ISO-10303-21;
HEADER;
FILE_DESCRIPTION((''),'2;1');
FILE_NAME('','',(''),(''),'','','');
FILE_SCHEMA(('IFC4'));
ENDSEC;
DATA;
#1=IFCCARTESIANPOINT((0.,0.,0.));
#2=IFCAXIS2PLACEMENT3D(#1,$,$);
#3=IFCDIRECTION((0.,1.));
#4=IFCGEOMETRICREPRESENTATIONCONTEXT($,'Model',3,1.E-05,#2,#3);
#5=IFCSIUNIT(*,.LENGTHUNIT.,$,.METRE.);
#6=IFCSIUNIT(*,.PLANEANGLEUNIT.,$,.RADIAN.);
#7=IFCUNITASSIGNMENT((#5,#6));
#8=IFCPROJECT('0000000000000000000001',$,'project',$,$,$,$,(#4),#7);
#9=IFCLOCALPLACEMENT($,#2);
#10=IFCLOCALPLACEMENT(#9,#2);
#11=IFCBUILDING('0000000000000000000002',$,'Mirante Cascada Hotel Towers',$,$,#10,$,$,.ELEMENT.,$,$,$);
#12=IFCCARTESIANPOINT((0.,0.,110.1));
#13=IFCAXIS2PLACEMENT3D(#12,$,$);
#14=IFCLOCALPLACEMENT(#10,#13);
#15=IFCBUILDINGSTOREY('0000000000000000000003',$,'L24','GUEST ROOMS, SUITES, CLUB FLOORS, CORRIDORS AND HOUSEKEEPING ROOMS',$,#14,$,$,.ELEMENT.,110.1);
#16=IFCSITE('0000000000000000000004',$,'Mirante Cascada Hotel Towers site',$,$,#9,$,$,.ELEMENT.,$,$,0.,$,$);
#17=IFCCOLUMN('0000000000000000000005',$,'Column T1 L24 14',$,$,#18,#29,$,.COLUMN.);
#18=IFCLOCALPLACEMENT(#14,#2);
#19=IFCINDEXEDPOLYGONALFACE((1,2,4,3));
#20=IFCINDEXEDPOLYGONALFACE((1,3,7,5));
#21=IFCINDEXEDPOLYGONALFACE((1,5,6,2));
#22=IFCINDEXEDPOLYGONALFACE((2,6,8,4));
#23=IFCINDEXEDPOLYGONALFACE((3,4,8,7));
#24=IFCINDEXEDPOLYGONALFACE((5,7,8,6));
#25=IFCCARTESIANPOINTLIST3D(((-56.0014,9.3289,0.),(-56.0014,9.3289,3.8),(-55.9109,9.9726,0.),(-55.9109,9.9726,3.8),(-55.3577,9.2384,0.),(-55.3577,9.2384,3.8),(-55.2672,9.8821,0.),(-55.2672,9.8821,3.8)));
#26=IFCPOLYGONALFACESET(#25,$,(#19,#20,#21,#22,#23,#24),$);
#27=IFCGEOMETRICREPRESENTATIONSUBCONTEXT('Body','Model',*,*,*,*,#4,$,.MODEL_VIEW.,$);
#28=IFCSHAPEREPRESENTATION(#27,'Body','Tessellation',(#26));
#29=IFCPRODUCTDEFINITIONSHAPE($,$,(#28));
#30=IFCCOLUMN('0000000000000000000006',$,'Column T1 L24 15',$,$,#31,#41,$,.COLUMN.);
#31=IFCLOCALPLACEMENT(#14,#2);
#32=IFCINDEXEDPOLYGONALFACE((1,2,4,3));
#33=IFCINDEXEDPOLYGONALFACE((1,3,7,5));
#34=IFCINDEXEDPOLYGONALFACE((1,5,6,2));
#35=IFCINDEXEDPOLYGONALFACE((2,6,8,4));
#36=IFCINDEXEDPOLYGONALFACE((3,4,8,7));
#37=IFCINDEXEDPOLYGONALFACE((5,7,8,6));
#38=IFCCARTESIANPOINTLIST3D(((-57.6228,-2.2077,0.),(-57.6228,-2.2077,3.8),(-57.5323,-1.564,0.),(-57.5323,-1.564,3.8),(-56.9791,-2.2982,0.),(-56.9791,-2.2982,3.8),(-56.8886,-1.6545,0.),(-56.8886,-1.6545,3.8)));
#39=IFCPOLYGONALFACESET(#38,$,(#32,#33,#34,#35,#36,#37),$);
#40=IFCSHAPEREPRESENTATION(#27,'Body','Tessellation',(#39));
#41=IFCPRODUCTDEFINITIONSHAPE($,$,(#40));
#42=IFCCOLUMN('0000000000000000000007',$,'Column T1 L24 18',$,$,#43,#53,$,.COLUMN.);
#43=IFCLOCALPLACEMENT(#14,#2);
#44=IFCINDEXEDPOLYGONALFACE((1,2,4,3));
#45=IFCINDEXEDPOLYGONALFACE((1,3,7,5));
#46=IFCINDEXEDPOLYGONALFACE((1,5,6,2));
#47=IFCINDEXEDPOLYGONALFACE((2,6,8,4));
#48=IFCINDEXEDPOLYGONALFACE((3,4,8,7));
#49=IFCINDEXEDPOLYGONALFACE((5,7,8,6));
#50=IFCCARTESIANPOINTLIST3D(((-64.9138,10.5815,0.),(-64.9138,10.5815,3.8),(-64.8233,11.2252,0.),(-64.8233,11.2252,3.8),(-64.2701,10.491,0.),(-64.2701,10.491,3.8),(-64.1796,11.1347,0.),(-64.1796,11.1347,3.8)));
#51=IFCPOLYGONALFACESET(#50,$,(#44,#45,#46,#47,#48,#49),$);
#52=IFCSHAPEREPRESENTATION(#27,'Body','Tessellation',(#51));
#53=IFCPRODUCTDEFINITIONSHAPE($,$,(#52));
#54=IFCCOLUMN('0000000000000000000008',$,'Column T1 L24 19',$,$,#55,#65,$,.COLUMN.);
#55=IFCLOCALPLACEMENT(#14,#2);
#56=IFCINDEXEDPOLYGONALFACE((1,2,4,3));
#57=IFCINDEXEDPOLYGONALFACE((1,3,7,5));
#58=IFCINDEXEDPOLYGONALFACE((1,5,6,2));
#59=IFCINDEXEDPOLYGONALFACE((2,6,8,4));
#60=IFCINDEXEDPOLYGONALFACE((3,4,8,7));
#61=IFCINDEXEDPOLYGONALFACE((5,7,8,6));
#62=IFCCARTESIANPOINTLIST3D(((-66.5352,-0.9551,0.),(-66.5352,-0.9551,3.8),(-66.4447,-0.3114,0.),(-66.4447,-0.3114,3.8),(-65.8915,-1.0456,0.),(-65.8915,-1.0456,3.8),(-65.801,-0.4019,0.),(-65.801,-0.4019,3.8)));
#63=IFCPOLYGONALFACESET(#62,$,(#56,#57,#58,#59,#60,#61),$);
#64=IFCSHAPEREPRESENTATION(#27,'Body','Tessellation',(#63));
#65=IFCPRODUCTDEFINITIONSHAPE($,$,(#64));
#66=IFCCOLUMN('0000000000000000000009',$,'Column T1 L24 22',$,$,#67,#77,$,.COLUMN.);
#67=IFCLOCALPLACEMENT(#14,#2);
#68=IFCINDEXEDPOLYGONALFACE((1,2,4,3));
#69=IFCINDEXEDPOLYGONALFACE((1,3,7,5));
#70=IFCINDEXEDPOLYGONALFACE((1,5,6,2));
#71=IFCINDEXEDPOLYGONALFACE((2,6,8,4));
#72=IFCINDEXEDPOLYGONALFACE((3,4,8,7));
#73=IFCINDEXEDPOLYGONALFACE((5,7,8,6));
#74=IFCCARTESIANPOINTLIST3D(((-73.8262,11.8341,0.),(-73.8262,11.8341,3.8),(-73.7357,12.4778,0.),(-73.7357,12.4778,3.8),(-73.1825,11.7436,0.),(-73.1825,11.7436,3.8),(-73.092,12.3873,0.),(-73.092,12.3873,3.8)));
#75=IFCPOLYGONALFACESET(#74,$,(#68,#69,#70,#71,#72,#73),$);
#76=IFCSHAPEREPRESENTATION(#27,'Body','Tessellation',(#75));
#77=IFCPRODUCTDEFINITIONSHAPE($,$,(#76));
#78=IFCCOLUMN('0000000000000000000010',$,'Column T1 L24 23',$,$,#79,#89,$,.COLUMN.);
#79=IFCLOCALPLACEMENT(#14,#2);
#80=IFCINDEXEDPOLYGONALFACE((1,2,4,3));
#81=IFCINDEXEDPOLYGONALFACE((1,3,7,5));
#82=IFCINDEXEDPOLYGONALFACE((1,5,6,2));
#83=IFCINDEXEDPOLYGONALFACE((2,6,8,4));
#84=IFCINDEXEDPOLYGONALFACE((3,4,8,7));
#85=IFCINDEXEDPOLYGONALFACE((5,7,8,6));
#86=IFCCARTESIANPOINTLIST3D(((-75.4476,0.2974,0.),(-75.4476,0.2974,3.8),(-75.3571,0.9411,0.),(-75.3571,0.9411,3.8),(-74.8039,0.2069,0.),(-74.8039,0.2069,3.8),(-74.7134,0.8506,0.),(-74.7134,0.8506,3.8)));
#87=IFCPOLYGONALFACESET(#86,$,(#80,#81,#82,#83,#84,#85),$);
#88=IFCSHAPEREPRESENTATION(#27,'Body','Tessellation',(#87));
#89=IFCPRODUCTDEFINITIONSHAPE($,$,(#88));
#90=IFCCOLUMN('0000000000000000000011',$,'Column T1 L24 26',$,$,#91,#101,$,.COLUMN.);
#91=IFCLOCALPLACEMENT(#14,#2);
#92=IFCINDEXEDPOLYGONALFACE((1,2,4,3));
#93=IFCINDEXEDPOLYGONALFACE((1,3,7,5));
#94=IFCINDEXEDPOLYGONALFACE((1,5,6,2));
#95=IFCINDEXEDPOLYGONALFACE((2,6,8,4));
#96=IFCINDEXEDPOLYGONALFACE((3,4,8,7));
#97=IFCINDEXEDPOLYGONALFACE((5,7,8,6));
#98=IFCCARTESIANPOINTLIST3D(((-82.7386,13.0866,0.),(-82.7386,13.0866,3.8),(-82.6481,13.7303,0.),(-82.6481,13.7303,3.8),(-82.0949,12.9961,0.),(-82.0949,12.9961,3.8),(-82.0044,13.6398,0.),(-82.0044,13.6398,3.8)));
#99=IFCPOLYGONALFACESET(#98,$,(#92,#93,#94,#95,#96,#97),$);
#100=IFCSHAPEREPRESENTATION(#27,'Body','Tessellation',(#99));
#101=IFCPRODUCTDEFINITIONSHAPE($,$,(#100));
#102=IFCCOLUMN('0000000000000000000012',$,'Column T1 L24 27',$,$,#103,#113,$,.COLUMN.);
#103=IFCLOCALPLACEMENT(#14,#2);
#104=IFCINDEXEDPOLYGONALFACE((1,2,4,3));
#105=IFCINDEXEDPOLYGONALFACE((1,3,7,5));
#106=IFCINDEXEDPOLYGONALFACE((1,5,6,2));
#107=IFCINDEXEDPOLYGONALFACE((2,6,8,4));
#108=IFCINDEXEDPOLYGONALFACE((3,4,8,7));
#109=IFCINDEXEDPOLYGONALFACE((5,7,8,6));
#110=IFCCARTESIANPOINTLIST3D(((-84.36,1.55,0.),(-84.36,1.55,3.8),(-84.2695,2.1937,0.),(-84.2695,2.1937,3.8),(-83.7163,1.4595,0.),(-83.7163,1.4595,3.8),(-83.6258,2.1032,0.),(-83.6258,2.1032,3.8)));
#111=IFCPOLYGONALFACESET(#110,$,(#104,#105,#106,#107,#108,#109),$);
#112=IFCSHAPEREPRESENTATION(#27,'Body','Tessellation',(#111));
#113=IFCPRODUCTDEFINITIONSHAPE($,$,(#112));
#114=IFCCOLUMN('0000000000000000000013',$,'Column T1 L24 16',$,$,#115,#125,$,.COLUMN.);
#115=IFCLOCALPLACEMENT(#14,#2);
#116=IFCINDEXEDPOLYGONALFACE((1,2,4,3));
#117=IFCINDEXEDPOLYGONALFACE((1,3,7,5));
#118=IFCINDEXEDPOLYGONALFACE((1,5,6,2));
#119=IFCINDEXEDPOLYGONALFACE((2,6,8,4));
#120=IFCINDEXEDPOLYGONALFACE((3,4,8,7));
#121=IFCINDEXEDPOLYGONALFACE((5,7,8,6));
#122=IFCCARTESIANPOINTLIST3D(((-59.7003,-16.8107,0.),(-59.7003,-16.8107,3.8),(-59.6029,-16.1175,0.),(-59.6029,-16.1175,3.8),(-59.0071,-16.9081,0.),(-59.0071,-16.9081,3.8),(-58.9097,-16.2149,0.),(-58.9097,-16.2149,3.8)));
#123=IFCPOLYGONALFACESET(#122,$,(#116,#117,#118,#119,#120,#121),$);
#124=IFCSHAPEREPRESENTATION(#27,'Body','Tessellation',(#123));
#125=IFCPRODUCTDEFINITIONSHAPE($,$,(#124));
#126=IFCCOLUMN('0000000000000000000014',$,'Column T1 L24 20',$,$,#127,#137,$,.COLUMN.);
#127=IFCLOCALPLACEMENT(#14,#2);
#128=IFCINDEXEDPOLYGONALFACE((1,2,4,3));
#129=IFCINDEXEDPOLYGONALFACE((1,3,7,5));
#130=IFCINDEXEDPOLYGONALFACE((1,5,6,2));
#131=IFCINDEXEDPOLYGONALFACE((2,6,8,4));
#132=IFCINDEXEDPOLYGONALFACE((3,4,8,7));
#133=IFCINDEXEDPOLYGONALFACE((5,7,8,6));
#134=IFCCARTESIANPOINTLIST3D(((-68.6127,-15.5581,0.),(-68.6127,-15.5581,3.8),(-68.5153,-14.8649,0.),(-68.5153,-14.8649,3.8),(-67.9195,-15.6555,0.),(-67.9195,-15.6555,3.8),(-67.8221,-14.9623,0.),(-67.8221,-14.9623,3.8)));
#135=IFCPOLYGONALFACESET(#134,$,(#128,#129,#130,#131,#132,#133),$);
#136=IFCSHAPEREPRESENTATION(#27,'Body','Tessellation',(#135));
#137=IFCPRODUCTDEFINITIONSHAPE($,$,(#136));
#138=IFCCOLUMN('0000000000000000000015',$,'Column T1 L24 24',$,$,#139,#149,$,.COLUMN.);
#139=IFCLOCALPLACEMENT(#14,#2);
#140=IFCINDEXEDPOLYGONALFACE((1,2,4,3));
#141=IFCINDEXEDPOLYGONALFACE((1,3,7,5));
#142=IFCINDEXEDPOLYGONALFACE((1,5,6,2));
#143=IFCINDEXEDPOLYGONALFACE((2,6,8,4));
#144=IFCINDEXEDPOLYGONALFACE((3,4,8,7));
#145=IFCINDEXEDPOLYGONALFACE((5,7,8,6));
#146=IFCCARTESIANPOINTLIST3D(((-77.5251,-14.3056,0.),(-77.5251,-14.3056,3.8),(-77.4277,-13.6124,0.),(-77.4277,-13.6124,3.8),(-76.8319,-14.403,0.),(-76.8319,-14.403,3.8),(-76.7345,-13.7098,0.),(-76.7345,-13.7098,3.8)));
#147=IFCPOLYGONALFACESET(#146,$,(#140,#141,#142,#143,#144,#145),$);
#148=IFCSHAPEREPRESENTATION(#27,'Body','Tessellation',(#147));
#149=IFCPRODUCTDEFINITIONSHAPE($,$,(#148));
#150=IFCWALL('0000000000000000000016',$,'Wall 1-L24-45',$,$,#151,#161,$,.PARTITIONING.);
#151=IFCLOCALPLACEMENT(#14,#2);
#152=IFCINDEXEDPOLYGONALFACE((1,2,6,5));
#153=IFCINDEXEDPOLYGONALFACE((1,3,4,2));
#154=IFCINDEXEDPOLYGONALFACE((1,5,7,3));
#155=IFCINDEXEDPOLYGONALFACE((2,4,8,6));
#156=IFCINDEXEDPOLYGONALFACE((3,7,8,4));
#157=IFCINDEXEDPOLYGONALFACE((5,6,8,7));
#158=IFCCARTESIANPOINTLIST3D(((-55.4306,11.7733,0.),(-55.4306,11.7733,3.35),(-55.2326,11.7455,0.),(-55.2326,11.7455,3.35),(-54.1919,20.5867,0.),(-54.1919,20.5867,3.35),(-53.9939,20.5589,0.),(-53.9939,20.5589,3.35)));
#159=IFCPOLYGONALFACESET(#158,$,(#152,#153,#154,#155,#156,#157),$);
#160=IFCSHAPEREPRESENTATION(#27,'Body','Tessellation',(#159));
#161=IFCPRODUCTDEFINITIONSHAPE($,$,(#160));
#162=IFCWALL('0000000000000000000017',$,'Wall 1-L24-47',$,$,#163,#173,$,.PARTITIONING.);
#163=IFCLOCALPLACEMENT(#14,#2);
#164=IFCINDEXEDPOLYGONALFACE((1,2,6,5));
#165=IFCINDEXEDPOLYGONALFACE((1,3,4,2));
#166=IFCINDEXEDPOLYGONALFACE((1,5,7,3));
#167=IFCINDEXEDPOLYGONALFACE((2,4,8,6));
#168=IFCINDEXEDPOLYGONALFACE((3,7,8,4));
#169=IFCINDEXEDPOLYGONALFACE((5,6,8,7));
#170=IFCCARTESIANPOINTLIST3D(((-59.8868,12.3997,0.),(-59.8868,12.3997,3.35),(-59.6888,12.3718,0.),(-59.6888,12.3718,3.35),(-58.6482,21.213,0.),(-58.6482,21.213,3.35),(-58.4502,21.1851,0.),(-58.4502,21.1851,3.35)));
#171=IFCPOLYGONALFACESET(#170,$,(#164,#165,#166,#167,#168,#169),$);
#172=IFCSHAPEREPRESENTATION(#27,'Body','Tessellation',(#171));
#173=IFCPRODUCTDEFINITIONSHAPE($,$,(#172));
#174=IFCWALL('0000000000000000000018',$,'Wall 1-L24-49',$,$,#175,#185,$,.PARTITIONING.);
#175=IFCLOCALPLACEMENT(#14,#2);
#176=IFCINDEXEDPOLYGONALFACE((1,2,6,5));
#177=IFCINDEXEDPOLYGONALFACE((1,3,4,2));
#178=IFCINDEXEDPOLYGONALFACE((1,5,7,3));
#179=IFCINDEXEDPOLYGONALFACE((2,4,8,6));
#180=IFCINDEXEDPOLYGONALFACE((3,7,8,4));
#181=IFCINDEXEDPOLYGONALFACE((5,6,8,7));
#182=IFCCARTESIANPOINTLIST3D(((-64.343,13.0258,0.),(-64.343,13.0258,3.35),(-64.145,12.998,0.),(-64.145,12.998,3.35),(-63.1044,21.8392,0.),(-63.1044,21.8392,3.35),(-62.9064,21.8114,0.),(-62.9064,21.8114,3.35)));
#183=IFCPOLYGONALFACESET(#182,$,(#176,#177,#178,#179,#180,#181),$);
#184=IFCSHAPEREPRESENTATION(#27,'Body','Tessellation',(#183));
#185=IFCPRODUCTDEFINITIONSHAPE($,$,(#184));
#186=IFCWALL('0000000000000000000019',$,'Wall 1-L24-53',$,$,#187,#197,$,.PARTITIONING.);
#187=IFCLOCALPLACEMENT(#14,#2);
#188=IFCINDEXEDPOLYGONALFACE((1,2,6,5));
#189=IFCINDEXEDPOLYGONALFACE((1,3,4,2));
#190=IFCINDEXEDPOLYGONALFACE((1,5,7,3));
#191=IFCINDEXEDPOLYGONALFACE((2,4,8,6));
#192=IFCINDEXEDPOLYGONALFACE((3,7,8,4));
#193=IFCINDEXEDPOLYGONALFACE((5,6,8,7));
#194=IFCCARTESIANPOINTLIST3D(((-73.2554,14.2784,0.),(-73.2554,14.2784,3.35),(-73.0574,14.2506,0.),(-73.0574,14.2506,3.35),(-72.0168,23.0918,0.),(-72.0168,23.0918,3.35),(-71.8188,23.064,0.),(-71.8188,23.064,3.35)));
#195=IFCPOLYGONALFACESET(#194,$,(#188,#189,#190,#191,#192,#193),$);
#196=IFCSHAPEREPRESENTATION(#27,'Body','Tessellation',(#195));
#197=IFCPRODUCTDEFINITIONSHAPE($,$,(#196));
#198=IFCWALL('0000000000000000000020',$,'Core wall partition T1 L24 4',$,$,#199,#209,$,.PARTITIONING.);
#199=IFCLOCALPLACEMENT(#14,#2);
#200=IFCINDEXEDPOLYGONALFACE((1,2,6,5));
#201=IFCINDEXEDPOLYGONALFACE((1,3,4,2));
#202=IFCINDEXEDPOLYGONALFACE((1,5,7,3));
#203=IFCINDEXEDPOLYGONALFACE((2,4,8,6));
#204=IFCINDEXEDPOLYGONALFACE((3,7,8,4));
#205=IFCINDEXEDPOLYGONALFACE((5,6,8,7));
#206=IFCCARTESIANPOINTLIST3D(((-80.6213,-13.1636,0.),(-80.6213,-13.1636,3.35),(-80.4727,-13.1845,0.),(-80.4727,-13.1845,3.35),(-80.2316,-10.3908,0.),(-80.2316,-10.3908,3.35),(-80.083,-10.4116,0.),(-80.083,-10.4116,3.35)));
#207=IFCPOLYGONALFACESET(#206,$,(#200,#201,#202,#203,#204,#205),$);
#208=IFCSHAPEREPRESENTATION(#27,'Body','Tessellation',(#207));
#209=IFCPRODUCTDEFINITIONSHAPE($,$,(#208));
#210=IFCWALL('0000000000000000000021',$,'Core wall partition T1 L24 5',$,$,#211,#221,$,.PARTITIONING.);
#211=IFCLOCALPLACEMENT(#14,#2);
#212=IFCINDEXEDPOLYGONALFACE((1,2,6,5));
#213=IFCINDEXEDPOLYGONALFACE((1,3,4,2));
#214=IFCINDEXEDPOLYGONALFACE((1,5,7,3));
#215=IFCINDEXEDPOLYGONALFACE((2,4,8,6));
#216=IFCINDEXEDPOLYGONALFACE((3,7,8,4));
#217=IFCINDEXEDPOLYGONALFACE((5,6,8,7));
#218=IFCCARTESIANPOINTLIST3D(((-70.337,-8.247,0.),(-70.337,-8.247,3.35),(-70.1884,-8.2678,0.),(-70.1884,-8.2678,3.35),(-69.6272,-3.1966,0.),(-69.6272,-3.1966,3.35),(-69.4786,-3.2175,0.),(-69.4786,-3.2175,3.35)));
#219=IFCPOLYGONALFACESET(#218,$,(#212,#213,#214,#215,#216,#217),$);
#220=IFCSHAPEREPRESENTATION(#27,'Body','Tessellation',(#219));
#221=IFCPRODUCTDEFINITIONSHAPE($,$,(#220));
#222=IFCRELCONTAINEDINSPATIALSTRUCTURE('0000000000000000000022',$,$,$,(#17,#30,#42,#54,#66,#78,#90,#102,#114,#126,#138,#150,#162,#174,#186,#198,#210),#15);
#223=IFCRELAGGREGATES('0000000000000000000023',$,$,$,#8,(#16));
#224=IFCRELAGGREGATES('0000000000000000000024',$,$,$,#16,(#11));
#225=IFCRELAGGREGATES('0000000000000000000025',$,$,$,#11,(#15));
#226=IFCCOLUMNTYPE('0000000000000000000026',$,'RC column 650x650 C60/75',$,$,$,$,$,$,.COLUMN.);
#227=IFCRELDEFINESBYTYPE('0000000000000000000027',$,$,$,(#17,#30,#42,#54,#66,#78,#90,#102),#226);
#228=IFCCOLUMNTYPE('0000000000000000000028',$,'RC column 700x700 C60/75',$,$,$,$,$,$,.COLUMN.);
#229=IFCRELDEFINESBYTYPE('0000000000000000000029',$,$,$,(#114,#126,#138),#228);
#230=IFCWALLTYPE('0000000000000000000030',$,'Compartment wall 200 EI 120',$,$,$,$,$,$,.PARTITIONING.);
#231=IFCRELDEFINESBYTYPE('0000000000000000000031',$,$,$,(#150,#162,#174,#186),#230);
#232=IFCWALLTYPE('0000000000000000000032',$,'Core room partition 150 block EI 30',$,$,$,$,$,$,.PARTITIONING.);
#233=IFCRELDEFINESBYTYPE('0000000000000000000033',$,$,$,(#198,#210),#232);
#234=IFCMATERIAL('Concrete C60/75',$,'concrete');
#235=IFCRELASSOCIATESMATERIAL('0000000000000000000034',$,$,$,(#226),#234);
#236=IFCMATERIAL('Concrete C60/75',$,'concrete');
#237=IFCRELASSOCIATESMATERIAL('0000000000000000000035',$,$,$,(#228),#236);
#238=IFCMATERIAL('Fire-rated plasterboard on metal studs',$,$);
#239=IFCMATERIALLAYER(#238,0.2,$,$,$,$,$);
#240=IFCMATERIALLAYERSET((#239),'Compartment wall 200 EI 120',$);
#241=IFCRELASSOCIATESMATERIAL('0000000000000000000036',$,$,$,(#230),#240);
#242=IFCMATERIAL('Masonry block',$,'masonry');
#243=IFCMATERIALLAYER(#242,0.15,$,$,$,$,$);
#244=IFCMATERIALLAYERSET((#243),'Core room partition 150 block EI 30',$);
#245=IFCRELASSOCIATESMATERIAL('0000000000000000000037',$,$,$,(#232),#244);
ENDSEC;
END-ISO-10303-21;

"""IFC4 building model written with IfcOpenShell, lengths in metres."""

from ifc_helpers import new_model, si_unit, direction, frame, frame_2d, origin, origin_2d, place, context, subcontext, project, spatial, rectangle, extrude, material, layer, layer_set, material_profile, profile_set, type_object, element, save


model = new_model("IFC4")

# Units and contexts
model_context = context("Model", 3, precision=1e-05, world=origin(), true_north=direction((0.0, 1.0)))
body_context = subcontext(model_context, "Body", "Model", "MODEL_VIEW")
ifc_project = project(units=[si_unit("LENGTHUNIT", "METRE"), si_unit("PLANEANGLEUNIT", "RADIAN")], contexts=[model_context])

# Site, building, storey
site_placement = place(None, origin())
site = spatial("IfcSite", under=ifc_project, at=site_placement, Name="Mirante Cascada Hotel Towers site", CompositionType="ELEMENT", RefElevation=0.0)
building_placement = place(site_placement, origin())
building = spatial("IfcBuilding", under=site, at=building_placement, Name="Mirante Cascada Hotel Towers", CompositionType="ELEMENT")
storey_placement = place(building_placement, frame((0.0, 0.0, 110.1)))
storey = spatial("IfcBuildingStorey", under=building, at=storey_placement, Name="L24", Description="GUEST ROOMS, SUITES, CLUB FLOORS, CORRIDORS AND HOUSEKEEPING ROOMS", CompositionType="ELEMENT", Elevation=110.1)

# Columns
ifc_material_1 = material(Name="Concrete C60/75", Category="concrete")
ifc_material_profile_1 = material_profile(ifc_material_1, rectangle(XDim=0.65, YDim=0.65, at=origin_2d()), Name="RC column 650x650 C60/75")
ifc_profile_set_1 = profile_set([ifc_material_profile_1], Name="Concrete C60/75")
column_type_1 = type_object("IfcColumnType", Name="RC column 650x650 C60/75", PredefinedType="COLUMN", material=ifc_profile_set_1)
for number, where, z_axis, x_axis, name in (
    (1, (-55.6343, 9.6055, 0.0), (0.0, 0.0, 1.0), (-0.990268, 0.139173, 0.0), "Column T1 L24 14"),
    (2, (-57.2557, -1.9311, 0.0), (0.0, 0.0, 1.0), (-0.990268, 0.139173, 0.0), "Column T1 L24 15"),
    (3, (-64.5467, 10.8581, 0.0), (0.0, 0.0, 1.0), (-0.990268, 0.139173, 0.0), "Column T1 L24 18"),
    (4, (-66.1681, -0.6785, 0.0), (0.0, 0.0, 1.0), (-0.990268, 0.139173, 0.0), "Column T1 L24 19"),
    (5, (-73.4591, 12.1107, 0.0), (0.0, 0.0, 1.0), (-0.990268, 0.139173, 0.0), "Column T1 L24 22"),
    (6, (-75.0805, 0.574, 0.0), (0.0, 0.0, 1.0), (-0.990268, 0.139173, 0.0), "Column T1 L24 23"),
    (7, (-82.3715, 13.3632, 0.0), (0.0, 0.0, 1.0), (-0.990268, 0.139173, 0.0), "Column T1 L24 26"),
    (8, (-83.9929, 1.8266, 0.0), (0.0, 0.0, 1.0), (-0.990268, 0.139173, 0.0), "Column T1 L24 27"),
):
    element("IfcColumn", number, at=place(storey_placement, frame(where, z_axis=z_axis, x_axis=x_axis)), inside=storey, type_object=column_type_1, Name=name, PredefinedType="COLUMN", context=body_context, shape_type="SweptSolid", body=[
        extrude(rectangle(XDim=0.65, YDim=0.65, at=origin_2d()), origin(), (0.0, 0.0, 1.0), 3.8),
    ])
ifc_material_2 = material(Name="Concrete C60/75", Category="concrete")
ifc_material_profile_2 = material_profile(ifc_material_2, rectangle(XDim=0.7, YDim=0.7, at=origin_2d()), Name="RC column 700x700 C60/75")
ifc_profile_set_2 = profile_set([ifc_material_profile_2], Name="Concrete C60/75")
column_type_2 = type_object("IfcColumnType", Name="RC column 700x700 C60/75", PredefinedType="COLUMN", material=ifc_profile_set_2)
for number, where, z_axis, x_axis, name in (
    (9, (-59.305, -16.5128, 0.0), (0.0, 0.0, 1.0), (-0.990268, 0.139173, 0.0), "Column T1 L24 16"),
    (10, (-68.2174, -15.2602, 0.0), (0.0, 0.0, 1.0), (-0.990268, 0.139173, 0.0), "Column T1 L24 20"),
    (11, (-77.1298, -14.0077, 0.0), (0.0, 0.0, 1.0), (-0.990268, 0.139173, 0.0), "Column T1 L24 24"),
):
    element("IfcColumn", number, at=place(storey_placement, frame(where, z_axis=z_axis, x_axis=x_axis)), inside=storey, type_object=column_type_2, Name=name, PredefinedType="COLUMN", context=body_context, shape_type="SweptSolid", body=[
        extrude(rectangle(XDim=0.7, YDim=0.7, at=origin_2d()), origin(), (0.0, 0.0, 1.0), 3.8),
    ])

# Walls
ifc_material_3 = material(Name="Fire-rated plasterboard on metal studs")
ifc_layer_1 = layer(ifc_material_3, 0.2)
ifc_layer_set_1 = layer_set([ifc_layer_1], Name="Compartment wall 200 EI 120")
wall_type_1 = type_object("IfcWallType", Name="Compartment wall 200 EI 120", PredefinedType="PARTITIONING", material=ifc_layer_set_1)
wall_1_placement = place(storey_placement, frame((-55.3316, 11.7594, 0.0), z_axis=(0.0, 0.0, 1.0), x_axis=(0.139179, 0.990267, 0.0)))
element("IfcWall", 12, at=wall_1_placement, inside=storey, type_object=wall_type_1, Name="Wall 1-L24-45", PredefinedType="PARTITIONING", context=body_context, shape_type="SweptSolid", body=[
    extrude(rectangle(XDim=8.9, YDim=0.2, at=frame_2d((4.45, 0.0))), origin(), (0.0, 0.0, 1.0), 3.35),
])
wall_2_placement = place(storey_placement, frame((-59.7878, 12.3857, 0.0), z_axis=(0.0, 0.0, 1.0), x_axis=(0.13917, 0.990268, 0.0)))
element("IfcWall", 13, at=wall_2_placement, inside=storey, type_object=wall_type_1, Name="Wall 1-L24-47", PredefinedType="PARTITIONING", context=body_context, shape_type="SweptSolid", body=[
    extrude(rectangle(XDim=8.8999, YDim=0.2, at=frame_2d((4.45, 0.0))), origin(), (0.0, 0.0, 1.0), 3.35),
])
for number, where, z_axis, x_axis, name in (
    (14, (-64.244, 13.0119, 0.0), (0.0, 0.0, 1.0), (0.139168, 0.990269, 0.0), "Wall 1-L24-49"),
    (15, (-73.1564, 14.2645, 0.0), (0.0, 0.0, 1.0), (0.139168, 0.990269, 0.0), "Wall 1-L24-53"),
):
    element("IfcWall", number, at=place(storey_placement, frame(where, z_axis=z_axis, x_axis=x_axis)), inside=storey, type_object=wall_type_1, Name=name, PredefinedType="PARTITIONING", context=body_context, shape_type="SweptSolid", body=[
        extrude(rectangle(XDim=8.9, YDim=0.2, at=frame_2d((4.45, 0.0))), origin(), (0.0, 0.0, 1.0), 3.35),
    ])
ifc_material_4 = material(Name="Masonry block", Category="masonry")
ifc_layer_2 = layer(ifc_material_4, 0.15)
ifc_layer_set_2 = layer_set([ifc_layer_2], Name="Core room partition 150 block EI 30")
wall_type_2 = type_object("IfcWallType", Name="Core room partition 150 block EI 30", PredefinedType="PARTITIONING", material=ifc_layer_set_2)
wall_3_placement = place(storey_placement, frame((-80.547, -13.174, 0.0), z_axis=(0.0, 0.0, 1.0), x_axis=(0.139176, 0.990268, 0.0)))
element("IfcWall", 16, at=wall_3_placement, inside=storey, type_object=wall_type_2, Name="Core wall partition T1 L24 4", PredefinedType="PARTITIONING", context=body_context, shape_type="SweptSolid", body=[
    extrude(rectangle(XDim=2.8001, YDim=0.15, at=frame_2d((1.4, 0.0))), origin(), (0.0, 0.0, 1.0), 3.35),
])
wall_4_placement = place(storey_placement, frame((-70.2627, -8.2574, 0.0), z_axis=(0.0, 0.0, 1.0), x_axis=(0.139176, 0.990268, 0.0)))
element("IfcWall", 17, at=wall_4_placement, inside=storey, type_object=wall_type_2, Name="Core wall partition T1 L24 5", PredefinedType="PARTITIONING", context=body_context, shape_type="SweptSolid", body=[
    extrude(rectangle(XDim=5.1, YDim=0.15, at=frame_2d((2.55, 0.0))), origin(), (0.0, 0.0, 1.0), 3.35),
])

save(model, "model.ifc")
